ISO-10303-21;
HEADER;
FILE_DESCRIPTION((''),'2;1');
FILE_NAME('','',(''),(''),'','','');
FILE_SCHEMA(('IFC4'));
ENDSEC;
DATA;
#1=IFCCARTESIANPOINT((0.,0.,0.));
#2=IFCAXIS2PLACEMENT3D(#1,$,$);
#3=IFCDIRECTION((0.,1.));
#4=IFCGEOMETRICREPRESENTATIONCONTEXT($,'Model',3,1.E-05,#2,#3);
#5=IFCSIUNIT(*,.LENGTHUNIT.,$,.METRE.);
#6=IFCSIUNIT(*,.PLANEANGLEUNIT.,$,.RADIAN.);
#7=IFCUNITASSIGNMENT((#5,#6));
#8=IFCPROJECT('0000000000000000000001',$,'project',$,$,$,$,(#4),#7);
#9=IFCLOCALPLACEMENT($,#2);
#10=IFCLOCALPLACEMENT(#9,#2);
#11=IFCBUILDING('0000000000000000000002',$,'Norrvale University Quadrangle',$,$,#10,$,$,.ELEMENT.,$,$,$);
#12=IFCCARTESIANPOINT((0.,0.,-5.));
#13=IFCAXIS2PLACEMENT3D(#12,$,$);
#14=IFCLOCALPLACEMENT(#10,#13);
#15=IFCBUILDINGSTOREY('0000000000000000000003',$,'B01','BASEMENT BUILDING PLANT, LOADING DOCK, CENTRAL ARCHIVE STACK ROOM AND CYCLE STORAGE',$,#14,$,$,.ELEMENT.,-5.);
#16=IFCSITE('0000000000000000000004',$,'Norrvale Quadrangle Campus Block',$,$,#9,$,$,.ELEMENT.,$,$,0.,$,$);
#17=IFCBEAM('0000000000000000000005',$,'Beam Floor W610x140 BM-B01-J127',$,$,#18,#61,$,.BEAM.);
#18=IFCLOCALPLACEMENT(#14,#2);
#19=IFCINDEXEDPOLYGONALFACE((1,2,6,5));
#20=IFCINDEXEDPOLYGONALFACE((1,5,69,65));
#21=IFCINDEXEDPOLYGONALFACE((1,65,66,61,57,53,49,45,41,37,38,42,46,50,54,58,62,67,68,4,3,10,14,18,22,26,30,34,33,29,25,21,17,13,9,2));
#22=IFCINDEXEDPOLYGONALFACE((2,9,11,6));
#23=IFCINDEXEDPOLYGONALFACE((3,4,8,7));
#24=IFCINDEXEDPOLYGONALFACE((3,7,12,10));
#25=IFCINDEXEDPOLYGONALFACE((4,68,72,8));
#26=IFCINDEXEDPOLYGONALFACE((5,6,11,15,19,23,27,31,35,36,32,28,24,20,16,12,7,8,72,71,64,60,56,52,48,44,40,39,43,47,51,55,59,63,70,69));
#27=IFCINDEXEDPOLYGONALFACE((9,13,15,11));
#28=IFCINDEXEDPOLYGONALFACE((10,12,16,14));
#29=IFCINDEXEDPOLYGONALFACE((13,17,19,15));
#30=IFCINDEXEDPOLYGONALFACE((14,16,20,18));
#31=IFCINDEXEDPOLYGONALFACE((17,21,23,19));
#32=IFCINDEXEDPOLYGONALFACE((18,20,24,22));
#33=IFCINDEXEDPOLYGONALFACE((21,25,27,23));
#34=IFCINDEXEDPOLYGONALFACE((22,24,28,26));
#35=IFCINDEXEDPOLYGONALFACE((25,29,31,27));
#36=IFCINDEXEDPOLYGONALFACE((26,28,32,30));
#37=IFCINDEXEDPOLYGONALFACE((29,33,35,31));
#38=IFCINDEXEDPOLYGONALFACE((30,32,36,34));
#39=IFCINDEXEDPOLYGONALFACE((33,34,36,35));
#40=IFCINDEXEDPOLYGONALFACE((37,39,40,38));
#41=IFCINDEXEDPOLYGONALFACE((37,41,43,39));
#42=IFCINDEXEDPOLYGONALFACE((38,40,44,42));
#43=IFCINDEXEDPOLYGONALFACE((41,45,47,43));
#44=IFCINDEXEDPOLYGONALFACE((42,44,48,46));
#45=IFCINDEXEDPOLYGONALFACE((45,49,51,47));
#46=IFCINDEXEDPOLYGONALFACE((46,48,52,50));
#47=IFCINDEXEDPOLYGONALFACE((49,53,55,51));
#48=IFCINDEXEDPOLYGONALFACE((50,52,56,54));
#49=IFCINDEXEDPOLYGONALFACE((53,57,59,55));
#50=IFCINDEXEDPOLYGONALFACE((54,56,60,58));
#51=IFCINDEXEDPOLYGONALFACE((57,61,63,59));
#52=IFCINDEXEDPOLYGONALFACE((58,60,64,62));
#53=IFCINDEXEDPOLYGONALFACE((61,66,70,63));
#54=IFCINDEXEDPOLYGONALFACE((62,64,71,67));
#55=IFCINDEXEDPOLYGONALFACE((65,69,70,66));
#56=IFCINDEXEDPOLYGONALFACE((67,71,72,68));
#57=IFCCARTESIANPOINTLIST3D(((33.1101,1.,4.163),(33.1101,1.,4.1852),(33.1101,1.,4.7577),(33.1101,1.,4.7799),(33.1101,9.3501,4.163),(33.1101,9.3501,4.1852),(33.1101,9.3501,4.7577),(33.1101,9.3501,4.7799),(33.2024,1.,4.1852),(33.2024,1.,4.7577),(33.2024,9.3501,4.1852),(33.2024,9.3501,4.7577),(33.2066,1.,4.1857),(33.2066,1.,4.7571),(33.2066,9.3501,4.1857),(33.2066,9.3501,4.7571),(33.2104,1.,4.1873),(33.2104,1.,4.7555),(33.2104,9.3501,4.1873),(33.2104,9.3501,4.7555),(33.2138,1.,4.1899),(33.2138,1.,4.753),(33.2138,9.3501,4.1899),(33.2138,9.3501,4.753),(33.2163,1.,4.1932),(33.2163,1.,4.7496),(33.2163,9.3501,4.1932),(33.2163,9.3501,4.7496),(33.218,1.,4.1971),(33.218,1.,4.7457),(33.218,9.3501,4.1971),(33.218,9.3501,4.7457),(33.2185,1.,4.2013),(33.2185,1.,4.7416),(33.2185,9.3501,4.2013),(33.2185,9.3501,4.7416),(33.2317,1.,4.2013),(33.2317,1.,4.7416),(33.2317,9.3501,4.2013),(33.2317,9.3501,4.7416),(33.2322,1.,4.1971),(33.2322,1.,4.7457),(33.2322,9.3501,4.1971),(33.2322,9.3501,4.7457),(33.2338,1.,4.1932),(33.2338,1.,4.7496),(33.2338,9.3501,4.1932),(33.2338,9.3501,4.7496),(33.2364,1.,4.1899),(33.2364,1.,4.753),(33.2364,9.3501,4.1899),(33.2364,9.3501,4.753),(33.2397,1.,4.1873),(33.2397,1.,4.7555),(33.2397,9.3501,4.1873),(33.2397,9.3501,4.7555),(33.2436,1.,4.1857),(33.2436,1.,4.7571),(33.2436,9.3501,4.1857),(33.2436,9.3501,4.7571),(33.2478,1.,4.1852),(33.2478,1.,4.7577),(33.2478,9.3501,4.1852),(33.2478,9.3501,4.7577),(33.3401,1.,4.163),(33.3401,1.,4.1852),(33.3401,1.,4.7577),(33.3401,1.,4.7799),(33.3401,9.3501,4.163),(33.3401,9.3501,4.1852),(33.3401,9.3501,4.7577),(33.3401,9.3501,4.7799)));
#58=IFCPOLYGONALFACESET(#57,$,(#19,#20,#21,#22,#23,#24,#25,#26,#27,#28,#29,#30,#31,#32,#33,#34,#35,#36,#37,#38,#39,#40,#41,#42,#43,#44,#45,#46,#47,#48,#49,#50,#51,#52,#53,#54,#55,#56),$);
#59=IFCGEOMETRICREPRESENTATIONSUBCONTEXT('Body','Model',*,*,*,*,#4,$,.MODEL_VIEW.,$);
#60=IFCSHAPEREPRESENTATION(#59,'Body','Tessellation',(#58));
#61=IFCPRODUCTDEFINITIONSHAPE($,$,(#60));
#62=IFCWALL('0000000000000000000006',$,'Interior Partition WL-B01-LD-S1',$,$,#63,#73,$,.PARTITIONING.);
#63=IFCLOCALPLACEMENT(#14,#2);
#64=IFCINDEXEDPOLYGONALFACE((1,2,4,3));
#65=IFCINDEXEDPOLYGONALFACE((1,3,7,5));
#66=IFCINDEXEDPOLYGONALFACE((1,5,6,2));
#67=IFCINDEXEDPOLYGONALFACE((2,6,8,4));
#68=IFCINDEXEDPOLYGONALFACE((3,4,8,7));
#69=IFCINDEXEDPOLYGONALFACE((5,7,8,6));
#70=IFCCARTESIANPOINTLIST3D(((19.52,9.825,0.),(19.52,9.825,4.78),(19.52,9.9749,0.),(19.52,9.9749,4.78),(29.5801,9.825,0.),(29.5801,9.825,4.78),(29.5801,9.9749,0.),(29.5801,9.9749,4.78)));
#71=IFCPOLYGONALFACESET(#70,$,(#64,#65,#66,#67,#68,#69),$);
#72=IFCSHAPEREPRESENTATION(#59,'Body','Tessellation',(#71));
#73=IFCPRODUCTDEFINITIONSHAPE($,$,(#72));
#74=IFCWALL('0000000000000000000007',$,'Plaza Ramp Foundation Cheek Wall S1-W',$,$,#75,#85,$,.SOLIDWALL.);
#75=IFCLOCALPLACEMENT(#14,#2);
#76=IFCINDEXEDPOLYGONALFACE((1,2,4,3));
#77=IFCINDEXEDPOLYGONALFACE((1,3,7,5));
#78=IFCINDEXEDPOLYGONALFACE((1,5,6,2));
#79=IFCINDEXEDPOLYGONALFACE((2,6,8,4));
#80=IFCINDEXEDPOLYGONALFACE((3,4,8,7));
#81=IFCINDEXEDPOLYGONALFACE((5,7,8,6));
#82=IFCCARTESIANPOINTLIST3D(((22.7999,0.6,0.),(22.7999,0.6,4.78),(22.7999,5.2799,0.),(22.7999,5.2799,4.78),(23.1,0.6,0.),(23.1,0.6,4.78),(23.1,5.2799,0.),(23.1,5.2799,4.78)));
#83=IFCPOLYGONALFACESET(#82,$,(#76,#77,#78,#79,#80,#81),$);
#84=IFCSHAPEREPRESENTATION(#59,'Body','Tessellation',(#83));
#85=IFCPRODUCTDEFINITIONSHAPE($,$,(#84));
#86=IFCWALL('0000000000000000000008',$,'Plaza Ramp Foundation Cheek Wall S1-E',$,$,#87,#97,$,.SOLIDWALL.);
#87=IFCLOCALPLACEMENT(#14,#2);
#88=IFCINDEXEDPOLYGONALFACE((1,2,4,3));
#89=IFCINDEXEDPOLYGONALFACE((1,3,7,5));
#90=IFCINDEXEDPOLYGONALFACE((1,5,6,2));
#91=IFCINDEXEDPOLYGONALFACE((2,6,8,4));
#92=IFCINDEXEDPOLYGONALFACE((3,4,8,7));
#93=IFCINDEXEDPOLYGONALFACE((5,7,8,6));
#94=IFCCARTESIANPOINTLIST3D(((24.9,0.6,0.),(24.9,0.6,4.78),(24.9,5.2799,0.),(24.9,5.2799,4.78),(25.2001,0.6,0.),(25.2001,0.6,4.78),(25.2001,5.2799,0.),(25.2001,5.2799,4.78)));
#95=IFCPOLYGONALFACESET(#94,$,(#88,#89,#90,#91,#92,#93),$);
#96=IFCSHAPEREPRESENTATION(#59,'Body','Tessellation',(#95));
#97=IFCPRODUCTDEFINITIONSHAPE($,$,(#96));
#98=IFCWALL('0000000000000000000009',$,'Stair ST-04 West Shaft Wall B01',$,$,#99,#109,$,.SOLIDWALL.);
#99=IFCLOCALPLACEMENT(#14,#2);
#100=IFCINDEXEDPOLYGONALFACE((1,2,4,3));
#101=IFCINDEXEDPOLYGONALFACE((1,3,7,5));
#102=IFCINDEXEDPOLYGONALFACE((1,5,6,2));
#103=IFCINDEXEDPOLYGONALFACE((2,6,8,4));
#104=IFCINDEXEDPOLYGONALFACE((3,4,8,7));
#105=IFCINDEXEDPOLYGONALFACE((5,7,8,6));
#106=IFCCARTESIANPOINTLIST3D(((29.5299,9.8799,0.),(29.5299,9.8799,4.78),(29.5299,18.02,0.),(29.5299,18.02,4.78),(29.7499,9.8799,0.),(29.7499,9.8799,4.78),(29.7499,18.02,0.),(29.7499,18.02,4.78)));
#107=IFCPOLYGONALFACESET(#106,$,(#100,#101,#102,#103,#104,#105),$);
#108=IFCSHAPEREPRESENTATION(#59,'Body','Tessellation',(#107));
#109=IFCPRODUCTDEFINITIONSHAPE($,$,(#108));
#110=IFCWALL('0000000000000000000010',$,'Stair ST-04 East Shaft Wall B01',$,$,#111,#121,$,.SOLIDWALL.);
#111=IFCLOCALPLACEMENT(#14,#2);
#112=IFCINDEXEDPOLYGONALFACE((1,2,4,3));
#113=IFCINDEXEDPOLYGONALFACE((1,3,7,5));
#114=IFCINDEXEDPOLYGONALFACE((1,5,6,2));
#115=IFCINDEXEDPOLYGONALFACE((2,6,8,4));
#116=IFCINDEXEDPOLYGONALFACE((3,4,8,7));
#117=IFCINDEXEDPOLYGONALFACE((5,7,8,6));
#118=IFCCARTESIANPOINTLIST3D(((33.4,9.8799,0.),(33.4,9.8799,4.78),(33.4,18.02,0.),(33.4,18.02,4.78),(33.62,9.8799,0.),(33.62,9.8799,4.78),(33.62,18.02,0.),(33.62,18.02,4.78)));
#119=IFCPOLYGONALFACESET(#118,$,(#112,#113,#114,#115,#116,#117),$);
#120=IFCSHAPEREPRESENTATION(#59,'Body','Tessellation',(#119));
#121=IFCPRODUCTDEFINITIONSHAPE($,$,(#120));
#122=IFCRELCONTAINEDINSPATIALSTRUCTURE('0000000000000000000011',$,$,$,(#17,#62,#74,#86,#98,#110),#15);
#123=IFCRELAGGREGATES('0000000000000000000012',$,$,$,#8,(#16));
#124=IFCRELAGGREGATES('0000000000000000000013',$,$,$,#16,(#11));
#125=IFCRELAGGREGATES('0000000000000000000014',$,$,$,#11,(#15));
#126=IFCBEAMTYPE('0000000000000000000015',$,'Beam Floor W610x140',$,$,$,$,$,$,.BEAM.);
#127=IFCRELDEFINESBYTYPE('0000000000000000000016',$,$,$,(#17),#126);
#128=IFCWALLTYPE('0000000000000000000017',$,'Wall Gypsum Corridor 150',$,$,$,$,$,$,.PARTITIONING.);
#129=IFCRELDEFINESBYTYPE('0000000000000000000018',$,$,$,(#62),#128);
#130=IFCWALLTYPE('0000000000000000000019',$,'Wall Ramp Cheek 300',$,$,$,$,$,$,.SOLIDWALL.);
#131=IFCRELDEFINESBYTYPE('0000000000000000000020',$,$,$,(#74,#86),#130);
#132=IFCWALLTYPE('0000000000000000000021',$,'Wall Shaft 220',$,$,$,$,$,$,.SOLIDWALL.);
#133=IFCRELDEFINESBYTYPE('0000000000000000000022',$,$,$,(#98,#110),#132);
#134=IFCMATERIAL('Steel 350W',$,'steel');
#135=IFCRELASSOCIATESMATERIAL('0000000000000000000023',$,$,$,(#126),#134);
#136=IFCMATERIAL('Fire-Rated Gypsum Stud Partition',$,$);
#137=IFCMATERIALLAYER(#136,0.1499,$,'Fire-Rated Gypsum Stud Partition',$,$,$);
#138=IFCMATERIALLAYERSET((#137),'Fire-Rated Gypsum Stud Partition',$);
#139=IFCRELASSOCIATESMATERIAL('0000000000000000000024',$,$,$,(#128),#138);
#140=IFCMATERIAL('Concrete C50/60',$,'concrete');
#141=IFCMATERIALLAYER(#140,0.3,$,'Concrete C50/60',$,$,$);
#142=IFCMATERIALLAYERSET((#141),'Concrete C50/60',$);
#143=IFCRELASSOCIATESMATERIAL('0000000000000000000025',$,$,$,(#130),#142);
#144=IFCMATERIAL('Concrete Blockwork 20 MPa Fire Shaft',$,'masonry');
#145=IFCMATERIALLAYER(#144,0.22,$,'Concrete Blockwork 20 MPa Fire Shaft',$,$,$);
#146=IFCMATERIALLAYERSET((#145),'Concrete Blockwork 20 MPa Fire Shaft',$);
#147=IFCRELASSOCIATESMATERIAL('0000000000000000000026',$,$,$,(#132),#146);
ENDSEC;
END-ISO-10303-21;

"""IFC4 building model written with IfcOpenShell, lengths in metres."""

from ifc_helpers import new_model, si_unit, direction, frame, frame_2d, origin, origin_2d, place, context, subcontext, project, spatial, rectangle, i_section, extrude, material, layer, layer_set, material_profile, profile_set, type_object, element, save


model = new_model("IFC4")

# Units and contexts
model_context = context("Model", 3, precision=1e-05, world=origin(), true_north=direction((0.0, 1.0)))
body_context = subcontext(model_context, "Body", "Model", "MODEL_VIEW")
ifc_project = project(units=[si_unit("LENGTHUNIT", "METRE"), si_unit("PLANEANGLEUNIT", "RADIAN")], contexts=[model_context])

# Site, building, storey
site_placement = place(None, origin())
site = spatial("IfcSite", under=ifc_project, at=site_placement, Name="Norrvale Quadrangle Campus Block", CompositionType="ELEMENT", RefElevation=0.0)
building_placement = place(site_placement, origin())
building = spatial("IfcBuilding", under=site, at=building_placement, Name="Norrvale University Quadrangle", CompositionType="ELEMENT")
storey_placement = place(building_placement, frame((0.0, 0.0, -5.0)))
storey = spatial("IfcBuildingStorey", under=building, at=storey_placement, Name="B01", Description="BASEMENT BUILDING PLANT, LOADING DOCK, CENTRAL ARCHIVE STACK ROOM AND CYCLE STORAGE", CompositionType="ELEMENT", Elevation=-5.0)

# Shared definitions
ifc_material_1 = material(Name="Concrete C50/60", Category="concrete")

# Beam
ifc_material_2 = material(Name="Steel 350W", Category="steel")
ifc_material_profile_1 = material_profile(ifc_material_2, i_section(OverallWidth=0.23, OverallDepth=0.6169, WebThickness=0.0132, FlangeThickness=0.0222, FilletRadius=0.0161, at=origin_2d()), Name="Steel 350W")
ifc_profile_set_1 = profile_set([ifc_material_profile_1], Name="Steel 350W")
beam_type_1 = type_object("IfcBeamType", Name="Beam Floor W610x140", PredefinedType="BEAM", material=ifc_profile_set_1)
beam_1_placement = place(storey_placement, frame((33.2251, 1.0, 4.4714), z_axis=(0.0, 1.0, 0.0), x_axis=(-1.0, 0.0, 0.0)))
element("IfcBeam", 1, at=beam_1_placement, inside=storey, type_object=beam_type_1, Name="Beam Floor W610x140 BM-B01-J127", PredefinedType="BEAM", context=body_context, shape_type="SweptSolid", body=[
    extrude(i_section(OverallWidth=0.23, OverallDepth=0.6169, WebThickness=0.0132, FlangeThickness=0.0222, FilletRadius=0.0161, at=origin_2d()), origin(), (0.0, 0.0, 1.0), 8.3501),
])

# Walls
ifc_material_3 = material(Name="Fire-Rated Gypsum Stud Partition")
ifc_layer_1 = layer(ifc_material_3, 0.1499, Name="Fire-Rated Gypsum Stud Partition")
ifc_layer_set_1 = layer_set([ifc_layer_1], Name="Fire-Rated Gypsum Stud Partition")
wall_type_1 = type_object("IfcWallType", Name="Wall Gypsum Corridor 150", PredefinedType="PARTITIONING", material=ifc_layer_set_1)
wall_placement = place(storey_placement, frame((19.52, 9.8999, 0.0), z_axis=(0.0, 0.0, 1.0), x_axis=(1.0, 0.0, 0.0)))
element("IfcWall", 2, at=wall_placement, inside=storey, type_object=wall_type_1, Name="Interior Partition WL-B01-LD-S1", PredefinedType="PARTITIONING", context=body_context, shape_type="SweptSolid", body=[
    extrude(rectangle(XDim=10.0601, YDim=0.1499, at=frame_2d((5.03, 0.0))), origin(), (0.0, 0.0, 1.0), 4.78),
])
ifc_layer_2 = layer(ifc_material_1, 0.3, Name="Concrete C50/60")
ifc_layer_set_2 = layer_set([ifc_layer_2], Name="Concrete C50/60")
wall_type_2 = type_object("IfcWallType", Name="Wall Ramp Cheek 300", PredefinedType="SOLIDWALL", material=ifc_layer_set_2)
for number, where, z_axis, x_axis, name in (
    (3, (22.95, 0.6001, 0.0), (0.0, 0.0, 1.0), (0.0, 1.0, 0.0), "Plaza Ramp Foundation Cheek Wall S1-W"),
    (4, (25.05, 0.6001, 0.0), (0.0, 0.0, 1.0), (0.0, 1.0, 0.0), "Plaza Ramp Foundation Cheek Wall S1-E"),
):
    element("IfcWall", number, at=place(storey_placement, frame(where, z_axis=z_axis, x_axis=x_axis)), inside=storey, type_object=wall_type_2, Name=name, PredefinedType="SOLIDWALL", context=body_context, shape_type="SweptSolid", body=[
        extrude(rectangle(XDim=4.6799, YDim=0.3, at=frame_2d((2.3398, 0.0))), origin(), (0.0, 0.0, 1.0), 4.78),
    ])
ifc_material_4 = material(Name="Concrete Blockwork 20 MPa Fire Shaft", Category="masonry")
ifc_layer_3 = layer(ifc_material_4, 0.22, Name="Concrete Blockwork 20 MPa Fire Shaft")
ifc_layer_set_3 = layer_set([ifc_layer_3], Name="Concrete Blockwork 20 MPa Fire Shaft")
wall_type_3 = type_object("IfcWallType", Name="Wall Shaft 220", PredefinedType="SOLIDWALL", material=ifc_layer_set_3)
for number, where, z_axis, x_axis, name in (
    (5, (29.6399, 9.8799, 0.0), (0.0, 0.0, 1.0), (0.0, 1.0, 0.0), "Stair ST-04 West Shaft Wall B01"),
    (6, (33.51, 9.8799, 0.0), (0.0, 0.0, 1.0), (0.0, 1.0, 0.0), "Stair ST-04 East Shaft Wall B01"),
):
    element("IfcWall", number, at=place(storey_placement, frame(where, z_axis=z_axis, x_axis=x_axis)), inside=storey, type_object=wall_type_3, Name=name, PredefinedType="SOLIDWALL", context=body_context, shape_type="SweptSolid", body=[
        extrude(rectangle(XDim=8.1401, YDim=0.22, at=frame_2d((4.0701, 0.0))), origin(), (0.0, 0.0, 1.0), 4.78),
    ])

save(model, "model.ifc")
